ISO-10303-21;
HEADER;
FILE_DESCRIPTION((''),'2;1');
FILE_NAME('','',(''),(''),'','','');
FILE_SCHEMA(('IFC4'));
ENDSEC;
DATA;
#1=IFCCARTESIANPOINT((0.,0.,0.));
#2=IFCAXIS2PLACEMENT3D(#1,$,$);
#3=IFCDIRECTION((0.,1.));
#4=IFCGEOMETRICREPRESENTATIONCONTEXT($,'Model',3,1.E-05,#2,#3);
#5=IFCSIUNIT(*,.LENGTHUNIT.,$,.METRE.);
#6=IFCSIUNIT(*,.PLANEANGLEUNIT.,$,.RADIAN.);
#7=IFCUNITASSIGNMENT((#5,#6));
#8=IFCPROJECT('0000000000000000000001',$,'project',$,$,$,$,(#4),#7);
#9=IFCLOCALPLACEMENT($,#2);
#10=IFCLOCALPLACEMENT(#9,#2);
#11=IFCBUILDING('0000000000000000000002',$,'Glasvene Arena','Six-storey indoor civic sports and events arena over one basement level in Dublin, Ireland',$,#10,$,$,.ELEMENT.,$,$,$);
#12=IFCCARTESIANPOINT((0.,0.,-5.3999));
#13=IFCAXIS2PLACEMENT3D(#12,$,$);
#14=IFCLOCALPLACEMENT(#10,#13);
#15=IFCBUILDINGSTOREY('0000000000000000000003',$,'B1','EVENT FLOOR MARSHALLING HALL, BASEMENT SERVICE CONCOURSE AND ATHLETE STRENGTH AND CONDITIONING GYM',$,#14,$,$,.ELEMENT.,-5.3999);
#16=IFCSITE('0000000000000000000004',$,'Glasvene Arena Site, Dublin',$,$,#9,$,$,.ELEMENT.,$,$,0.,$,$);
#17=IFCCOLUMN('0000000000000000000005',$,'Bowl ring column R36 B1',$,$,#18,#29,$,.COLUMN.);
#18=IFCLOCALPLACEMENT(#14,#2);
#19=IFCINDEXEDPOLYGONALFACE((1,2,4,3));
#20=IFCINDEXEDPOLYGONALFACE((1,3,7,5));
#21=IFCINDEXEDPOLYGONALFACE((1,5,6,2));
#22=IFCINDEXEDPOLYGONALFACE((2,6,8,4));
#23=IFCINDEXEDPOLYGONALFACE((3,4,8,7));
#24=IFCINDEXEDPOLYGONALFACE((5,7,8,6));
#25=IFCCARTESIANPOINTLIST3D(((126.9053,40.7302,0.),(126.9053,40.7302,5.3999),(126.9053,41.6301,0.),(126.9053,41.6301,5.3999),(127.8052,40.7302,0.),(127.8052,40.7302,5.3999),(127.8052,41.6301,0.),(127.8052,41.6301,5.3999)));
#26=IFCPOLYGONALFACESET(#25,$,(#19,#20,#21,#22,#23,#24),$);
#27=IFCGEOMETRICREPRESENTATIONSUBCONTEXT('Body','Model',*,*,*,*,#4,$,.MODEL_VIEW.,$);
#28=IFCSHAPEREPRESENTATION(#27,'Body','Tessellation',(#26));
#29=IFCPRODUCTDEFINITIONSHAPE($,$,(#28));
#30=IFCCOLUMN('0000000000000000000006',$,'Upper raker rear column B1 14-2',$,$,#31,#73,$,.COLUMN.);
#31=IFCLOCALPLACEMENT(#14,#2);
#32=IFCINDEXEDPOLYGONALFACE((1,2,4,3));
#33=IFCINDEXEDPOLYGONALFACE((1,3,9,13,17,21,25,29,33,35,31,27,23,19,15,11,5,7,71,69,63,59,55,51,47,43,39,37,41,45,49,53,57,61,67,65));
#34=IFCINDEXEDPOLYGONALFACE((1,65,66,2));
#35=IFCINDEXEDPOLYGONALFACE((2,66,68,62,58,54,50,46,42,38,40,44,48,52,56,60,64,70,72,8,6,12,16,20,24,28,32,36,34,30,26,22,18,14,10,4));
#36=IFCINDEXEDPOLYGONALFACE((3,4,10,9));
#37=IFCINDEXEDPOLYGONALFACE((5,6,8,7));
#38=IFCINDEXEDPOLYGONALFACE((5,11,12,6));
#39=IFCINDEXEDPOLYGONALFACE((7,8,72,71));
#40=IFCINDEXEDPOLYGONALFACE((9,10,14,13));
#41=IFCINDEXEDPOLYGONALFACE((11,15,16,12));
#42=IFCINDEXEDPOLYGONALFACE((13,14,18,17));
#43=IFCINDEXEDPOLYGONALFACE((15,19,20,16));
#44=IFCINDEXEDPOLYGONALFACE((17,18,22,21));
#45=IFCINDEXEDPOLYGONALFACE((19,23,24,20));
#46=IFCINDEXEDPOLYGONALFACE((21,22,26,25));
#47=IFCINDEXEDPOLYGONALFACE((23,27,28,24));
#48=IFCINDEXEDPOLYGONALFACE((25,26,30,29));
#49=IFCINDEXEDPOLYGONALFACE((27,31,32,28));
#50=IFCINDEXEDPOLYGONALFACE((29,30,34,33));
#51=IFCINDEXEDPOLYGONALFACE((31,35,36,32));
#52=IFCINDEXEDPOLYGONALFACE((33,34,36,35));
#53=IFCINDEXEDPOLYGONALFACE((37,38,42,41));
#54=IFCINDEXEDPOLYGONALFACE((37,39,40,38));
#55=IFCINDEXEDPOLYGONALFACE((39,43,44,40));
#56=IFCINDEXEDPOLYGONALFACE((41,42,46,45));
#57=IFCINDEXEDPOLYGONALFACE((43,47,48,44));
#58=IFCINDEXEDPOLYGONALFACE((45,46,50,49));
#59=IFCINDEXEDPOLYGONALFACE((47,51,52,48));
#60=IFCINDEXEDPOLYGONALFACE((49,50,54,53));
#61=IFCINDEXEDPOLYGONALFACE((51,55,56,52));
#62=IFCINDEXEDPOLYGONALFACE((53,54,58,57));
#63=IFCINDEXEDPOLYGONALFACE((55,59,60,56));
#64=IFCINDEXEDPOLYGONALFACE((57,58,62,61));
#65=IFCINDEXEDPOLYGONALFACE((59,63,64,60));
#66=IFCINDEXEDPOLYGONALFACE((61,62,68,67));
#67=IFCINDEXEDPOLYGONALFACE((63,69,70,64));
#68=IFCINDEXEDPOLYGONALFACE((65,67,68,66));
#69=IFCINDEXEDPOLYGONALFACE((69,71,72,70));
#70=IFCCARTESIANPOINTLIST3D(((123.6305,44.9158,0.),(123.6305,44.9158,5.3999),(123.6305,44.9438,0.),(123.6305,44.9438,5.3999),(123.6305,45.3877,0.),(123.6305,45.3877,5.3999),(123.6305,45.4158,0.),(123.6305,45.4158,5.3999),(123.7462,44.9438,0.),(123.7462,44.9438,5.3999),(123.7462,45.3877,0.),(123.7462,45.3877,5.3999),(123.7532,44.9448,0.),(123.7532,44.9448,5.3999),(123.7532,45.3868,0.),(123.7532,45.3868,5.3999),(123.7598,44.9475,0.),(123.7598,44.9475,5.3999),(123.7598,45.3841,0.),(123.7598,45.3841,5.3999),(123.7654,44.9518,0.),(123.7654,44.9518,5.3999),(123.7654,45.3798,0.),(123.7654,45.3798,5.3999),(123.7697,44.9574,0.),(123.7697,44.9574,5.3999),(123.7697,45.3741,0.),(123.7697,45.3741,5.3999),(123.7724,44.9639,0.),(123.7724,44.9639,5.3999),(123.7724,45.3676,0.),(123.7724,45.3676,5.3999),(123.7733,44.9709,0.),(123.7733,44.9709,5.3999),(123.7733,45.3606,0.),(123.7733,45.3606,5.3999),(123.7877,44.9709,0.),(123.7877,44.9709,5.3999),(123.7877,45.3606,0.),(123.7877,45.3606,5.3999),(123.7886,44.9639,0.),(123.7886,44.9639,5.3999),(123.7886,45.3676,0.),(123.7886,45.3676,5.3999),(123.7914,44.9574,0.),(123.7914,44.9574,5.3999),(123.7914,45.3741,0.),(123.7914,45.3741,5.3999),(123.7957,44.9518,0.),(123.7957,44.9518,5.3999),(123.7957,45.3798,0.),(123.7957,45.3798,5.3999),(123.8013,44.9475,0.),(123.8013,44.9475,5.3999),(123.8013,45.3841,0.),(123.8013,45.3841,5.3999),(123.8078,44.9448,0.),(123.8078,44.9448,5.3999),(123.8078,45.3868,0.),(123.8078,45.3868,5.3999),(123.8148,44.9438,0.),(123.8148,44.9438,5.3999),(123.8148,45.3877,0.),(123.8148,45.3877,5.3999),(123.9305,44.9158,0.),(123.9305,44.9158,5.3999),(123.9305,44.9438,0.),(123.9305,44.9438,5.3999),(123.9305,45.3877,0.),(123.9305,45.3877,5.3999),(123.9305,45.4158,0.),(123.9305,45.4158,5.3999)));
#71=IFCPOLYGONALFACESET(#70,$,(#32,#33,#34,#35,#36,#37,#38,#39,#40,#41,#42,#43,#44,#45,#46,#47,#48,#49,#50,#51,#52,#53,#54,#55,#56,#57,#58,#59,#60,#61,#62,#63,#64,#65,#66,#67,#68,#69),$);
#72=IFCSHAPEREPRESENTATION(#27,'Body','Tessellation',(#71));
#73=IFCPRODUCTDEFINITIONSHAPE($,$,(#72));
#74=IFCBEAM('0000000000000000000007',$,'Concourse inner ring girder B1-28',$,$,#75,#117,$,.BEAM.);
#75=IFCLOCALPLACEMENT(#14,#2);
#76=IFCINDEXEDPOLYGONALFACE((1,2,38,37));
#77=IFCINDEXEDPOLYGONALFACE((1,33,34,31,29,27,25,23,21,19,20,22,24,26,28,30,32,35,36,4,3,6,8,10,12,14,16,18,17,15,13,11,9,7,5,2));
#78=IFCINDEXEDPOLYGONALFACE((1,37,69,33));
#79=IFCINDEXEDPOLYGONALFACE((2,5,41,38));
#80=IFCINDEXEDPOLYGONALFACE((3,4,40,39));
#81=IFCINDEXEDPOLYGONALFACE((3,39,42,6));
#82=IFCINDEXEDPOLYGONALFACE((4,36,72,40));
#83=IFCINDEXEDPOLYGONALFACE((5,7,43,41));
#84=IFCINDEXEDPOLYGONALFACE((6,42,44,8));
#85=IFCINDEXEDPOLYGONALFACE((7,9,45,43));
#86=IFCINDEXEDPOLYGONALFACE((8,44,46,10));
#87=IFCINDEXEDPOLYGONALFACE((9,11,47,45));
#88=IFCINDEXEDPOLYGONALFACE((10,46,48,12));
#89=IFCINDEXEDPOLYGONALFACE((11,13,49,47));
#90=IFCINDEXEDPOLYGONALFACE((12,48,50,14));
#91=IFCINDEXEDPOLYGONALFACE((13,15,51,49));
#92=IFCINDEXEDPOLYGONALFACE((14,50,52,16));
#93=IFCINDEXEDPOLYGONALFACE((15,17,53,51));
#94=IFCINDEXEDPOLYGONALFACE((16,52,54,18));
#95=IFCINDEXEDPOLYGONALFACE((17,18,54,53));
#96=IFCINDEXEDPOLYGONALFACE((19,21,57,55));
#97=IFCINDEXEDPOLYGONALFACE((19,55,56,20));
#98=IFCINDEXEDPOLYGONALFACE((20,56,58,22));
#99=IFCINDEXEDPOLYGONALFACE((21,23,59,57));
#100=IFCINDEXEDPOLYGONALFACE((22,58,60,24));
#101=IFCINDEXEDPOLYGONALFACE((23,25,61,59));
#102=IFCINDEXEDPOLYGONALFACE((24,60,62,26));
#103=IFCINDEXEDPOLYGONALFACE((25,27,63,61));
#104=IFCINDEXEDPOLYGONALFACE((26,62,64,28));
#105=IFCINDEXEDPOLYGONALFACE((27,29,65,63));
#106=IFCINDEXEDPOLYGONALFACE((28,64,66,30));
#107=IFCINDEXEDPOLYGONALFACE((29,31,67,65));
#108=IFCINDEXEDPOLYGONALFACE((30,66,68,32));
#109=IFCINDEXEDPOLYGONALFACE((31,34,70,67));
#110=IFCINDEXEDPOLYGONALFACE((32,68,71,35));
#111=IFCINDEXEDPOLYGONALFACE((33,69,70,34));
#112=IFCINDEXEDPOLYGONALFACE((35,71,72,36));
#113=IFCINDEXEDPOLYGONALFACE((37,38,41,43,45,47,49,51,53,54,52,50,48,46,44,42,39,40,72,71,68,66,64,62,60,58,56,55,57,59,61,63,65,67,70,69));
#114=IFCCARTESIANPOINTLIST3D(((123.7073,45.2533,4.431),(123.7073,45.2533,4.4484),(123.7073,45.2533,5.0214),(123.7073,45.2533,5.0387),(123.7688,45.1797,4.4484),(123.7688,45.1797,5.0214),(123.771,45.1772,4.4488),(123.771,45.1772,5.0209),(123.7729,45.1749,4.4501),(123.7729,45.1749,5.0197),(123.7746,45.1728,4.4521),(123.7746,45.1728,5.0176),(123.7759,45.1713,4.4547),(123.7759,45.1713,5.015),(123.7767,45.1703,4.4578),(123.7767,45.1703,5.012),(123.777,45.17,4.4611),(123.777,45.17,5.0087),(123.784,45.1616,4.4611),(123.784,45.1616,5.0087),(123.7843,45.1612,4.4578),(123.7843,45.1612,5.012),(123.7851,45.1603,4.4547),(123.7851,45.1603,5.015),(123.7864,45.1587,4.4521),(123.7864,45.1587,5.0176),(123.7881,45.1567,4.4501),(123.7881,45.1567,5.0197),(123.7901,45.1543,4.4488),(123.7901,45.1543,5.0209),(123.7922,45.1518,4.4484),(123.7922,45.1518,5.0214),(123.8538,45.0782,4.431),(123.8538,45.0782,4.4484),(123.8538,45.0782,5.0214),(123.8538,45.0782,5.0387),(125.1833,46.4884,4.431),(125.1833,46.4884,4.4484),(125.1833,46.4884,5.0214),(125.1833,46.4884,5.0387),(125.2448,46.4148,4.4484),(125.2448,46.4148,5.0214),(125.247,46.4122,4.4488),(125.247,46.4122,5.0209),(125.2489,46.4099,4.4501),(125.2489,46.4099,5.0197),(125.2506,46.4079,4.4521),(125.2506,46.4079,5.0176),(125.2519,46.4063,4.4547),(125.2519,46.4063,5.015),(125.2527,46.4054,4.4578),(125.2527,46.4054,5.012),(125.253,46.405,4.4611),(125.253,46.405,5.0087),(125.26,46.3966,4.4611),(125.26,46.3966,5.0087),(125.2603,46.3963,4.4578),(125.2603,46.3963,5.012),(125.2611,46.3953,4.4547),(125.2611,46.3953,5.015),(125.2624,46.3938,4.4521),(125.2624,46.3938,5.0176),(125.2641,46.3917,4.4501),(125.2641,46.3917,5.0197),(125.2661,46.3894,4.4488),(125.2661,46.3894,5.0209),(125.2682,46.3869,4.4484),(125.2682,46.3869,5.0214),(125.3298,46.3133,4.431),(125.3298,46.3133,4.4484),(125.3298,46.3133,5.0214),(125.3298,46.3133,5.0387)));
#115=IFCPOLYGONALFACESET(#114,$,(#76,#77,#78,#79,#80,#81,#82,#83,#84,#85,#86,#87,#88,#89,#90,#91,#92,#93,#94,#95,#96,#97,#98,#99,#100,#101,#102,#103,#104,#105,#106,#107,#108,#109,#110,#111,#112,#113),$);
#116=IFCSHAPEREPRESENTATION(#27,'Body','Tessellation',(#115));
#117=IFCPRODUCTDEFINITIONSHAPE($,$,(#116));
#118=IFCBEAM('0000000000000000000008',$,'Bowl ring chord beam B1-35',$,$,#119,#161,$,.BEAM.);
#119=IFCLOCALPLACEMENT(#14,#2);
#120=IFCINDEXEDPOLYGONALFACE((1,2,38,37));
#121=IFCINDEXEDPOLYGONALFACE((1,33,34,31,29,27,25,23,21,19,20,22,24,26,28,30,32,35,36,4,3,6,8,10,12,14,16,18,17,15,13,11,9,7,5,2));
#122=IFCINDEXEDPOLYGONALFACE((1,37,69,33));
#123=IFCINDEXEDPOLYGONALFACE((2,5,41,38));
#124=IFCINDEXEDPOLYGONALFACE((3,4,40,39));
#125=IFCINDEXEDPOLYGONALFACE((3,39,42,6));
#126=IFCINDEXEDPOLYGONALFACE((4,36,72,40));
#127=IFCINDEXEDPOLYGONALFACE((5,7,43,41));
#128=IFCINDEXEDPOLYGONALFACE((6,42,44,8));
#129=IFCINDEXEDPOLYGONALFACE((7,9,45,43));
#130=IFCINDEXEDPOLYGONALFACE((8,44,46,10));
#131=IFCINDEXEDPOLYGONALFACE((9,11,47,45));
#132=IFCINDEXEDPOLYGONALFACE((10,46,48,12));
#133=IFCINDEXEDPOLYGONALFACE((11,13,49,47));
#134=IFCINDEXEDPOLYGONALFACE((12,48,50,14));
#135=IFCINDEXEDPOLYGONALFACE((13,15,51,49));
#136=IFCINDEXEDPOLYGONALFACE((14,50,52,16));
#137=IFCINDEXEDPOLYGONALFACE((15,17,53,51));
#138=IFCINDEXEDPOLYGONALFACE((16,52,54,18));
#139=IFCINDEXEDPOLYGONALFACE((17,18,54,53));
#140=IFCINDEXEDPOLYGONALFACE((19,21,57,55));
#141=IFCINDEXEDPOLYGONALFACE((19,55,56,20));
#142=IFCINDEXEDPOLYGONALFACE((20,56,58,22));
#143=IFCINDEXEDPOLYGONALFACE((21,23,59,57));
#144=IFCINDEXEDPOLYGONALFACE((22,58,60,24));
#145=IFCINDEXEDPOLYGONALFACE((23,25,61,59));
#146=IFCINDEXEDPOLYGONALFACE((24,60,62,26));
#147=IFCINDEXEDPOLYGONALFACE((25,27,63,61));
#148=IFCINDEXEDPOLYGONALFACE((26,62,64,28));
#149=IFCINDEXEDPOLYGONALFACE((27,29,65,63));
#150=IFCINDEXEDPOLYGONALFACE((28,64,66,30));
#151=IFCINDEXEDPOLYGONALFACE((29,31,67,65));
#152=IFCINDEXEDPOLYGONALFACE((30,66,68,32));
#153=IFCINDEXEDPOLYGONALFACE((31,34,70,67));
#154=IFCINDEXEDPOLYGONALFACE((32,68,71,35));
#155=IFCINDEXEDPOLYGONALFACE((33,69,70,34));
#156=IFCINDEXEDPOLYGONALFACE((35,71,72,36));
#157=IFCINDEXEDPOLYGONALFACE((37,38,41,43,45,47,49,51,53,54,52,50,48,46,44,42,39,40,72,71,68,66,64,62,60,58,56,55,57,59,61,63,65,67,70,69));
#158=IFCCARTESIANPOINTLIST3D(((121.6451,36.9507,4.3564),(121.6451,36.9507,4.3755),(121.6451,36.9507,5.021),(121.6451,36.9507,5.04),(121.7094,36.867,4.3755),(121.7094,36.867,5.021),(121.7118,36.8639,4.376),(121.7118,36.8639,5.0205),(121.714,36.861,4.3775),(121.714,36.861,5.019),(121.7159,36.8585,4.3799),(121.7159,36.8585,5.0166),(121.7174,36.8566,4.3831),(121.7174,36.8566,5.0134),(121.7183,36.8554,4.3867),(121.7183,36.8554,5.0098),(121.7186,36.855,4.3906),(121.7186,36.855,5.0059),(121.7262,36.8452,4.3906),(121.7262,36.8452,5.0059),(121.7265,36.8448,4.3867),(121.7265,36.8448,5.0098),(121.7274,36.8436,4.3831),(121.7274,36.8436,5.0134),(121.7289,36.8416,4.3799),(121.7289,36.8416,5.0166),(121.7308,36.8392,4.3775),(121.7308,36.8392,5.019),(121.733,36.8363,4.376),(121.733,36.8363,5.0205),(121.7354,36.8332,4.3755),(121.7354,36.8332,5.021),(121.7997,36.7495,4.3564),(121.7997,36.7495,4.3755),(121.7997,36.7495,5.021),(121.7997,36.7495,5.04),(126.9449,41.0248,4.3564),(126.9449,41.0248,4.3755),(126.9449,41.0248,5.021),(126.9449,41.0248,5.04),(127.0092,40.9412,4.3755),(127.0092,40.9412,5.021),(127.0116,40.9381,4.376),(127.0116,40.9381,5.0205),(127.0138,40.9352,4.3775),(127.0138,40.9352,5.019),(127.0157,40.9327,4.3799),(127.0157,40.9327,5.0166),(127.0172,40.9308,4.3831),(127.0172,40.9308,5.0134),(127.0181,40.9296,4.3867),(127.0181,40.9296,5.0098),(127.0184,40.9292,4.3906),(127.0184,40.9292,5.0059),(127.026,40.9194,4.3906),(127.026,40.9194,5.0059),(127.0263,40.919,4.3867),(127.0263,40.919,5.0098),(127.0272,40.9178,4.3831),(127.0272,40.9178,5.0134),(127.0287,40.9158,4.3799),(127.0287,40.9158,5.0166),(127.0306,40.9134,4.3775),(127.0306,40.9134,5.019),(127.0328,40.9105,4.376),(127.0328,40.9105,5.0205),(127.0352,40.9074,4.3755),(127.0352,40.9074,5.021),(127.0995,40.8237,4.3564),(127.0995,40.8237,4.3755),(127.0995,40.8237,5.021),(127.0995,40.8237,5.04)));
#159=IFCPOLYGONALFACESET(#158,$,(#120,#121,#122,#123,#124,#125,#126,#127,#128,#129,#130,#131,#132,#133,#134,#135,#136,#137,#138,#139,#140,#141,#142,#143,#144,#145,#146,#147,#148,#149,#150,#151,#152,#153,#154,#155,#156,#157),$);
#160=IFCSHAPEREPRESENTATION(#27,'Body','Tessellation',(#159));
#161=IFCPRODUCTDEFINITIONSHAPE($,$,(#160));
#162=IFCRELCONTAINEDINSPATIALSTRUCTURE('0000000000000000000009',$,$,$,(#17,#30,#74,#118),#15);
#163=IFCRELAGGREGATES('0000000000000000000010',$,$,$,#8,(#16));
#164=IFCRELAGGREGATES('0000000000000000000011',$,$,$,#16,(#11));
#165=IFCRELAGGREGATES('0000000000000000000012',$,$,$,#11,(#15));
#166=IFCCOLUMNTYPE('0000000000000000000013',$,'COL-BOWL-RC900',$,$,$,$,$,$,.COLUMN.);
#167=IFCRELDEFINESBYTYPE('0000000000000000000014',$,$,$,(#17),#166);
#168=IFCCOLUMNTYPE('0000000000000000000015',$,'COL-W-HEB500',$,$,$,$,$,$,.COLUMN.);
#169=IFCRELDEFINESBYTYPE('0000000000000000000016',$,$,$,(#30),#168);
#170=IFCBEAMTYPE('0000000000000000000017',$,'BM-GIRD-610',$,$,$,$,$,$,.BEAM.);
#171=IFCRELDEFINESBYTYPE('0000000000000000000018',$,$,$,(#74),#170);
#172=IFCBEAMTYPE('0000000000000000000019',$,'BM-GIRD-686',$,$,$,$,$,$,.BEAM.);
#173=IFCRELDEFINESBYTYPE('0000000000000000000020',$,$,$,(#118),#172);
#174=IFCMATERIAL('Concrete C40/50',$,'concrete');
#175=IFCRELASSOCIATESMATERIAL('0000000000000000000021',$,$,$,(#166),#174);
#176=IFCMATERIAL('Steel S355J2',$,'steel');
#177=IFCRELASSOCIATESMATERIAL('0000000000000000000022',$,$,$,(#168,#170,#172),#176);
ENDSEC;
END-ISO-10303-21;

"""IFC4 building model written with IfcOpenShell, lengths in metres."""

from ifc_helpers import new_model, si_unit, direction, frame, origin, origin_2d, place, context, subcontext, project, spatial, rectangle, i_section, extrude, material, material_profile, profile_set, type_object, element, save


model = new_model("IFC4")

# Units and contexts
model_context = context("Model", 3, precision=1e-05, world=origin(), true_north=direction((0.0, 1.0)))
body_context = subcontext(model_context, "Body", "Model", "MODEL_VIEW")
ifc_project = project(units=[si_unit("LENGTHUNIT", "METRE"), si_unit("PLANEANGLEUNIT", "RADIAN")], contexts=[model_context])

# Site, building, storey
site_placement = place(None, origin())
site = spatial("IfcSite", under=ifc_project, at=site_placement, Name="Glasvene Arena Site, Dublin", CompositionType="ELEMENT", RefElevation=0.0)
building_placement = place(site_placement, origin())
building = spatial("IfcBuilding", under=site, at=building_placement, Name="Glasvene Arena", Description="Six-storey indoor civic sports and events arena over one basement level in Dublin, Ireland", CompositionType="ELEMENT")
storey_placement = place(building_placement, frame((0.0, 0.0, -5.3999)))
storey = spatial("IfcBuildingStorey", under=building, at=storey_placement, Name="B1", Description="EVENT FLOOR MARSHALLING HALL, BASEMENT SERVICE CONCOURSE AND ATHLETE STRENGTH AND CONDITIONING GYM", CompositionType="ELEMENT", Elevation=-5.3999)

# Shared definitions
ifc_material_1 = material(Name="Concrete C40/50", Category="concrete")

# Columns
ifc_material_profile_1 = material_profile(ifc_material_1, rectangle(XDim=0.8999, YDim=0.8999, at=origin_2d()), Name="RC 900x900")
ifc_profile_set_1 = profile_set([ifc_material_profile_1], Name="Concrete C40/50")
column_type_1 = type_object("IfcColumnType", Name="COL-BOWL-RC900", PredefinedType="COLUMN", material=ifc_profile_set_1)
for number, where, z_axis, x_axis, name in (
    (1, (127.3552, 41.1802, 0.0), (0.0, 0.0, 1.0), (1.0, 0.0, 0.0), "Bowl ring column R36 B1"),
):
    element("IfcColumn", number, at=place(storey_placement, frame(where, z_axis=z_axis, x_axis=x_axis)), inside=storey, type_object=column_type_1, Name=name, PredefinedType="COLUMN", context=body_context, shape_type="SweptSolid", body=[
        extrude(rectangle(XDim=0.8999, YDim=0.8999, at=origin_2d()), origin(), (0.0, 0.0, 1.0), 5.3999),
    ])
ifc_material_2 = material(Name="Steel S355J2", Category="steel")
ifc_material_profile_2 = material_profile(ifc_material_2, i_section(OverallWidth=0.3, OverallDepth=0.5, WebThickness=0.0144, FlangeThickness=0.0281, FilletRadius=0.0271, at=origin_2d()), Name="HEB 500")
ifc_profile_set_2 = profile_set([ifc_material_profile_2], Name="Steel S355J2")
column_type_2 = type_object("IfcColumnType", Name="COL-W-HEB500", PredefinedType="COLUMN", material=ifc_profile_set_2)
column_placement = place(storey_placement, frame((123.7805, 45.1658, 0.0), z_axis=(0.0, 0.0, 1.0), x_axis=(1.0, 0.0, 0.0)))
element("IfcColumn", 2, at=column_placement, inside=storey, type_object=column_type_2, Name="Upper raker rear column B1 14-2", PredefinedType="COLUMN", context=body_context, shape_type="SweptSolid", body=[
    extrude(i_section(OverallWidth=0.3, OverallDepth=0.5, WebThickness=0.0144, FlangeThickness=0.0281, FilletRadius=0.0271, at=origin_2d()), origin(), (0.0, 0.0, 1.0), 5.3999),
])

# Beams
ifc_material_profile_3 = material_profile(ifc_material_2, i_section(OverallWidth=0.2283, OverallDepth=0.6077, WebThickness=0.011, FlangeThickness=0.0173, FilletRadius=0.0127, at=origin_2d()), Name="UKB 610x229x113")
ifc_profile_set_3 = profile_set([ifc_material_profile_3], Name="Steel S355J2")
beam_type_1 = type_object("IfcBeamType", Name="BM-GIRD-610", PredefinedType="BEAM", material=ifc_profile_set_3)
beam_1_placement = place(storey_placement, frame((123.7805, 45.1658, 4.7349), z_axis=(0.76693, 0.64173, 0.0), x_axis=(-0.64173, 0.76693, 0.0)))
element("IfcBeam", 3, at=beam_1_placement, inside=storey, type_object=beam_type_1, Name="Concourse inner ring girder B1-28", PredefinedType="BEAM", context=body_context, shape_type="SweptSolid", body=[
    extrude(i_section(OverallWidth=0.2283, OverallDepth=0.6077, WebThickness=0.011, FlangeThickness=0.0173, FilletRadius=0.0127, at=origin_2d()), origin(), (0.0, 0.0, 1.0), 1.9246),
])
ifc_material_profile_4 = material_profile(ifc_material_2, i_section(OverallWidth=0.2537, OverallDepth=0.6836, WebThickness=0.0125, FlangeThickness=0.019, FilletRadius=0.0151, at=origin_2d()), Name="UKB 686x254x140")
ifc_profile_set_4 = profile_set([ifc_material_profile_4], Name="Steel S355J2")
beam_type_2 = type_object("IfcBeamType", Name="BM-GIRD-686", PredefinedType="BEAM", material=ifc_profile_set_4)
beam_2_placement = place(storey_placement, frame((121.7224, 36.8501, 4.6982), z_axis=(0.792809, 0.609471, 0.0), x_axis=(-0.609471, 0.792809, 0.0)))
element("IfcBeam", 4, at=beam_2_placement, inside=storey, type_object=beam_type_2, Name="Bowl ring chord beam B1-35", PredefinedType="BEAM", context=body_context, shape_type="SweptSolid", body=[
    extrude(i_section(OverallWidth=0.2537, OverallDepth=0.6836, WebThickness=0.0125, FlangeThickness=0.019, FilletRadius=0.0151, at=origin_2d()), origin(), (0.0, 0.0, 1.0), 6.6848),
])

save(model, "model.ifc")
